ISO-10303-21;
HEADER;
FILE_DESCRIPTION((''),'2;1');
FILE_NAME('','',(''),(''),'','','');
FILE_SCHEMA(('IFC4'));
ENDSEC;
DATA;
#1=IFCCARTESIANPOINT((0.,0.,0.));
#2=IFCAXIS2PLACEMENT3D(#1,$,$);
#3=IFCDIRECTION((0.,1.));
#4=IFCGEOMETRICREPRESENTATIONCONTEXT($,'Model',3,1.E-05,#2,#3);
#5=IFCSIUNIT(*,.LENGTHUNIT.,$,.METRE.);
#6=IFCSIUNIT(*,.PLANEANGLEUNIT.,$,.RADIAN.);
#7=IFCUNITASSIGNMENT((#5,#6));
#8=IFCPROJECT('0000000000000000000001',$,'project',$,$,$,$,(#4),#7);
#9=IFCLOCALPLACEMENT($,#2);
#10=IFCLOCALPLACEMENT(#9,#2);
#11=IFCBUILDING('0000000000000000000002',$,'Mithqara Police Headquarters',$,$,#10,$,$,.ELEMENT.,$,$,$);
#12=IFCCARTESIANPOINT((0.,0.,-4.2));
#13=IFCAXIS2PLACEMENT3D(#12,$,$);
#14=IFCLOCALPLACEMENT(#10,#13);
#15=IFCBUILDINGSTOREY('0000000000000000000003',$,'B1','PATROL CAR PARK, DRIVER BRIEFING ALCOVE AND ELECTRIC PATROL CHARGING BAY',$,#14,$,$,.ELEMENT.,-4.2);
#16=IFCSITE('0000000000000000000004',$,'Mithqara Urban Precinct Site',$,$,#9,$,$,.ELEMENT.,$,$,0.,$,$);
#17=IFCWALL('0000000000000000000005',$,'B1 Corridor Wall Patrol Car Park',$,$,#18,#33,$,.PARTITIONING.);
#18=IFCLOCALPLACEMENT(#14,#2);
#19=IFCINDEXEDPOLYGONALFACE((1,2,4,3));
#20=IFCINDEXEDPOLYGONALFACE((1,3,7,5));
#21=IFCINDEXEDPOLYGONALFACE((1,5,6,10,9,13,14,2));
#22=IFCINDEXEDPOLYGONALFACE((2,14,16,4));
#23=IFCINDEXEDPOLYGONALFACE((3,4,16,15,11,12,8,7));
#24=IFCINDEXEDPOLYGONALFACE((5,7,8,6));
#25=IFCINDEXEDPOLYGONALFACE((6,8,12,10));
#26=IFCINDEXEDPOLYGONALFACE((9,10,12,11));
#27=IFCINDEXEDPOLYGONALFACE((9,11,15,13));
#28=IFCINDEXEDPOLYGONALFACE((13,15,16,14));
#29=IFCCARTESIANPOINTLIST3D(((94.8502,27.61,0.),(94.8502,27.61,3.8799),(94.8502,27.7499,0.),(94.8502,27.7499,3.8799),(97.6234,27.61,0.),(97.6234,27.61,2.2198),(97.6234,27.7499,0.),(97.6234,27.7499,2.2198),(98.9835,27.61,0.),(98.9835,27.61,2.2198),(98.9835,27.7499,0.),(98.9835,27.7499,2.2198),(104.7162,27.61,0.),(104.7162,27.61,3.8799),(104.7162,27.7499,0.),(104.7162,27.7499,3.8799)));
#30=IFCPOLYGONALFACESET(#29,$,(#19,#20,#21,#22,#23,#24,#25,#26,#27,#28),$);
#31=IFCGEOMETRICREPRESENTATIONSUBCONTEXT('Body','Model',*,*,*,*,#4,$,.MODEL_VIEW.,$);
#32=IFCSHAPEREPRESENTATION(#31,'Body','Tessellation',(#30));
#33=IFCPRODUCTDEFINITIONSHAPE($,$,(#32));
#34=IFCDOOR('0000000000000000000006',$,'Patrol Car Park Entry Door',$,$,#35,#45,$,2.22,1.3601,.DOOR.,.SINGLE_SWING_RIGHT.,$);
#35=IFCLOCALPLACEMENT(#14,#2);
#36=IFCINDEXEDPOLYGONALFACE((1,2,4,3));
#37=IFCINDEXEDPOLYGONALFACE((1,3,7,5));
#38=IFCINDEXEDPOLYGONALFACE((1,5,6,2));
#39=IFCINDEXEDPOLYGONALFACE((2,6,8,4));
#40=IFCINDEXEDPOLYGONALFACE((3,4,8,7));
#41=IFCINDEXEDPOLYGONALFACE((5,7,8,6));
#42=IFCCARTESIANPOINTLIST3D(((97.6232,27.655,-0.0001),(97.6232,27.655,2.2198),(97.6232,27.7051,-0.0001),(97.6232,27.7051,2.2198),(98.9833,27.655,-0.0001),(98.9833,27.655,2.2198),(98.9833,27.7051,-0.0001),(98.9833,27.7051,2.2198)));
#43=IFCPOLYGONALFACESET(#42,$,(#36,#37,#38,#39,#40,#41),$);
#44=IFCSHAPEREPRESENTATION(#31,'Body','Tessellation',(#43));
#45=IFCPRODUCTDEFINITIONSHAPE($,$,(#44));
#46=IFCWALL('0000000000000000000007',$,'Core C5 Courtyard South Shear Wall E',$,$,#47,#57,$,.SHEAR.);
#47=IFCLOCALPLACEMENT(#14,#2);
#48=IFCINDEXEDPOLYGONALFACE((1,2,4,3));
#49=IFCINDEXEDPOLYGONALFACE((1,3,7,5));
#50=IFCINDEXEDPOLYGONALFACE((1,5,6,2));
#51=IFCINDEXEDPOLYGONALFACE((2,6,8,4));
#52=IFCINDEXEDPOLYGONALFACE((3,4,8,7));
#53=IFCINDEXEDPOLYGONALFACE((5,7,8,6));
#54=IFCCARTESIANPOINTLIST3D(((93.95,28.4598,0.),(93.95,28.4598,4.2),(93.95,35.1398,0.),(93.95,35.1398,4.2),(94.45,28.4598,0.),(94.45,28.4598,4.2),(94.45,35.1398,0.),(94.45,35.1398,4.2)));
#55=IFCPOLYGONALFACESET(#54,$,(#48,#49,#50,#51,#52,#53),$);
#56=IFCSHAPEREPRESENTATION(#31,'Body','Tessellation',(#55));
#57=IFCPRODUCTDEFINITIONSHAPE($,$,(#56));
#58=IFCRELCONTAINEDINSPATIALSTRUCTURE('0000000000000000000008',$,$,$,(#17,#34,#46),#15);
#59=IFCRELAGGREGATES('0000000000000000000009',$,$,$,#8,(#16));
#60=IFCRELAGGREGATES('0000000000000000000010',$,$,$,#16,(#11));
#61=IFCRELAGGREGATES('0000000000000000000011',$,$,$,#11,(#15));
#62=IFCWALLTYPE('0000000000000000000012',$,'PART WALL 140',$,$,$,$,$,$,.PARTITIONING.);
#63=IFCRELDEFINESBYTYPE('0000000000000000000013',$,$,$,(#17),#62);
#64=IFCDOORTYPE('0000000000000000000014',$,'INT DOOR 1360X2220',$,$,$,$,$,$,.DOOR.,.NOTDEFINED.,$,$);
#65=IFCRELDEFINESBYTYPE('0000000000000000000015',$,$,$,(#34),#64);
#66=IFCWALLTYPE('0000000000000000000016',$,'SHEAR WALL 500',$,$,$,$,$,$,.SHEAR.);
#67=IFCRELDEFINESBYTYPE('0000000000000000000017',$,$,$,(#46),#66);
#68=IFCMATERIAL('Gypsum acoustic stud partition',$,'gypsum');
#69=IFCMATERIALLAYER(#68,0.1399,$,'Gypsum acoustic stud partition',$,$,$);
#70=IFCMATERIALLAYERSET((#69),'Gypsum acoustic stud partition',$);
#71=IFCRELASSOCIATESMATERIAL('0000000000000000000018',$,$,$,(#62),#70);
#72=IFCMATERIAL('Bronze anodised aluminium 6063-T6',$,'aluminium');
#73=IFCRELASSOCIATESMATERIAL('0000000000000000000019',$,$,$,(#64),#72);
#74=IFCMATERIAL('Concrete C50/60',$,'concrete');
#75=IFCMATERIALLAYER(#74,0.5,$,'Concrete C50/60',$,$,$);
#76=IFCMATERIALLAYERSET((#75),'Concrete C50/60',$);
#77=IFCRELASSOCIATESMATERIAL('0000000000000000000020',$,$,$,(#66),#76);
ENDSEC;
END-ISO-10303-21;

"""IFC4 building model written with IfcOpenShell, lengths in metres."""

from ifc_helpers import new_model, si_unit, direction, frame, frame_2d, origin, place, context, subcontext, project, spatial, rectangle, extrude, material, layer, layer_set, type_object, element, fill, save


model = new_model("IFC4")

# Units and contexts
model_context = context("Model", 3, precision=1e-05, world=origin(), true_north=direction((0.0, 1.0)))
body_context = subcontext(model_context, "Body", "Model", "MODEL_VIEW")
ifc_project = project(units=[si_unit("LENGTHUNIT", "METRE"), si_unit("PLANEANGLEUNIT", "RADIAN")], contexts=[model_context])

# Site, building, storey
site_placement = place(None, origin())
site = spatial("IfcSite", under=ifc_project, at=site_placement, Name="Mithqara Urban Precinct Site", CompositionType="ELEMENT", RefElevation=0.0)
building_placement = place(site_placement, origin())
building = spatial("IfcBuilding", under=site, at=building_placement, Name="Mithqara Police Headquarters", CompositionType="ELEMENT")
storey_placement = place(building_placement, frame((0.0, 0.0, -4.2)))
storey = spatial("IfcBuildingStorey", under=building, at=storey_placement, Name="B1", Description="PATROL CAR PARK, DRIVER BRIEFING ALCOVE AND ELECTRIC PATROL CHARGING BAY", CompositionType="ELEMENT", Elevation=-4.2)

# Shared definitions
ifc_material_1 = material(Name="Concrete C50/60", Category="concrete")

# Shared definitions
ifc_material_2 = material(Name="Gypsum acoustic stud partition", Category="gypsum")
ifc_layer_1 = layer(ifc_material_2, 0.1399, Name="Gypsum acoustic stud partition")
ifc_layer_set_1 = layer_set([ifc_layer_1], Name="Gypsum acoustic stud partition")
wall_type_1 = type_object("IfcWallType", Name="PART WALL 140", PredefinedType="PARTITIONING", material=ifc_layer_set_1)

# Wall, opening, door
wall_1_placement = place(storey_placement, frame((94.8501, 27.6799, 0.0), z_axis=(0.0, 0.0, 1.0), x_axis=(1.0, 0.0, 0.0)))
wall_1 = element("IfcWall", 1, at=wall_1_placement, inside=storey, type_object=wall_type_1, Name="B1 Corridor Wall Patrol Car Park", PredefinedType="PARTITIONING", context=body_context, shape_type="SweptSolid", body=[
    extrude(rectangle(XDim=9.866, YDim=0.1399, at=frame_2d((4.9331, 0.0))), origin(), (0.0, 0.0, 1.0), 3.8799),
])
opening_placement = place(wall_1_placement, frame((2.7732, 0.0, 0.0)))
opening = element("IfcOpeningElement", 2, at=opening_placement, cuts=wall_1, PredefinedType="OPENING", context=body_context, shape_type="SweptSolid", body=[
    extrude(rectangle(XDim=1.3601, YDim=2.22, at=frame_2d((0.6802, 1.1099))), frame((0.0, 0.0801, 0.0), z_axis=(0.0, -1.0, 0.0), x_axis=(1.0, 0.0, 0.0)), (0.0, 0.0, 1.0), 0.1599),
])
ifc_material_3 = material(Name="Bronze anodised aluminium 6063-T6", Category="aluminium")
door_type = type_object("IfcDoorType", Name="INT DOOR 1360X2220", OperationType="NOTDEFINED", PredefinedType="DOOR", material=ifc_material_3)
door_placement = place(opening_placement, frame((1.3601, 0.0, 0.0), z_axis=(0.0, 0.0, 1.0), x_axis=(-1.0, 0.0, 0.0)))
door = element("IfcDoor", 3, at=door_placement, inside=storey, type_object=door_type, Name="Patrol Car Park Entry Door", OperationType="SINGLE_SWING_RIGHT", OverallHeight=2.22, OverallWidth=1.3601, PredefinedType="DOOR", context=body_context, shape_type="SweptSolid", body=[
    extrude(rectangle(XDim=1.3601, YDim=2.22, at=frame_2d((0.6802, 1.1099))), frame((0.0, 0.0249, 0.0), z_axis=(0.0, -1.0, 0.0), x_axis=(1.0, 0.0, 0.0)), (0.0, 0.0, 1.0), 0.05),
])
fill(opening, door)

# Wall
ifc_layer_2 = layer(ifc_material_1, 0.5, Name="Concrete C50/60")
ifc_layer_set_2 = layer_set([ifc_layer_2], Name="Concrete C50/60")
wall_type_2 = type_object("IfcWallType", Name="SHEAR WALL 500", PredefinedType="SHEAR", material=ifc_layer_set_2)
wall_2_placement = place(storey_placement, frame((94.2, 28.46, 0.0), z_axis=(0.0, 0.0, 1.0), x_axis=(0.0, 1.0, 0.0)))
element("IfcWall", 4, at=wall_2_placement, inside=storey, type_object=wall_type_2, Name="Core C5 Courtyard South Shear Wall E", PredefinedType="SHEAR", context=body_context, shape_type="SweptSolid", body=[
    extrude(rectangle(XDim=6.6799, YDim=0.5, at=frame_2d((3.3398, 0.0))), origin(), (0.0, 0.0, 1.0), 4.2),
])

save(model, "model.ifc")
